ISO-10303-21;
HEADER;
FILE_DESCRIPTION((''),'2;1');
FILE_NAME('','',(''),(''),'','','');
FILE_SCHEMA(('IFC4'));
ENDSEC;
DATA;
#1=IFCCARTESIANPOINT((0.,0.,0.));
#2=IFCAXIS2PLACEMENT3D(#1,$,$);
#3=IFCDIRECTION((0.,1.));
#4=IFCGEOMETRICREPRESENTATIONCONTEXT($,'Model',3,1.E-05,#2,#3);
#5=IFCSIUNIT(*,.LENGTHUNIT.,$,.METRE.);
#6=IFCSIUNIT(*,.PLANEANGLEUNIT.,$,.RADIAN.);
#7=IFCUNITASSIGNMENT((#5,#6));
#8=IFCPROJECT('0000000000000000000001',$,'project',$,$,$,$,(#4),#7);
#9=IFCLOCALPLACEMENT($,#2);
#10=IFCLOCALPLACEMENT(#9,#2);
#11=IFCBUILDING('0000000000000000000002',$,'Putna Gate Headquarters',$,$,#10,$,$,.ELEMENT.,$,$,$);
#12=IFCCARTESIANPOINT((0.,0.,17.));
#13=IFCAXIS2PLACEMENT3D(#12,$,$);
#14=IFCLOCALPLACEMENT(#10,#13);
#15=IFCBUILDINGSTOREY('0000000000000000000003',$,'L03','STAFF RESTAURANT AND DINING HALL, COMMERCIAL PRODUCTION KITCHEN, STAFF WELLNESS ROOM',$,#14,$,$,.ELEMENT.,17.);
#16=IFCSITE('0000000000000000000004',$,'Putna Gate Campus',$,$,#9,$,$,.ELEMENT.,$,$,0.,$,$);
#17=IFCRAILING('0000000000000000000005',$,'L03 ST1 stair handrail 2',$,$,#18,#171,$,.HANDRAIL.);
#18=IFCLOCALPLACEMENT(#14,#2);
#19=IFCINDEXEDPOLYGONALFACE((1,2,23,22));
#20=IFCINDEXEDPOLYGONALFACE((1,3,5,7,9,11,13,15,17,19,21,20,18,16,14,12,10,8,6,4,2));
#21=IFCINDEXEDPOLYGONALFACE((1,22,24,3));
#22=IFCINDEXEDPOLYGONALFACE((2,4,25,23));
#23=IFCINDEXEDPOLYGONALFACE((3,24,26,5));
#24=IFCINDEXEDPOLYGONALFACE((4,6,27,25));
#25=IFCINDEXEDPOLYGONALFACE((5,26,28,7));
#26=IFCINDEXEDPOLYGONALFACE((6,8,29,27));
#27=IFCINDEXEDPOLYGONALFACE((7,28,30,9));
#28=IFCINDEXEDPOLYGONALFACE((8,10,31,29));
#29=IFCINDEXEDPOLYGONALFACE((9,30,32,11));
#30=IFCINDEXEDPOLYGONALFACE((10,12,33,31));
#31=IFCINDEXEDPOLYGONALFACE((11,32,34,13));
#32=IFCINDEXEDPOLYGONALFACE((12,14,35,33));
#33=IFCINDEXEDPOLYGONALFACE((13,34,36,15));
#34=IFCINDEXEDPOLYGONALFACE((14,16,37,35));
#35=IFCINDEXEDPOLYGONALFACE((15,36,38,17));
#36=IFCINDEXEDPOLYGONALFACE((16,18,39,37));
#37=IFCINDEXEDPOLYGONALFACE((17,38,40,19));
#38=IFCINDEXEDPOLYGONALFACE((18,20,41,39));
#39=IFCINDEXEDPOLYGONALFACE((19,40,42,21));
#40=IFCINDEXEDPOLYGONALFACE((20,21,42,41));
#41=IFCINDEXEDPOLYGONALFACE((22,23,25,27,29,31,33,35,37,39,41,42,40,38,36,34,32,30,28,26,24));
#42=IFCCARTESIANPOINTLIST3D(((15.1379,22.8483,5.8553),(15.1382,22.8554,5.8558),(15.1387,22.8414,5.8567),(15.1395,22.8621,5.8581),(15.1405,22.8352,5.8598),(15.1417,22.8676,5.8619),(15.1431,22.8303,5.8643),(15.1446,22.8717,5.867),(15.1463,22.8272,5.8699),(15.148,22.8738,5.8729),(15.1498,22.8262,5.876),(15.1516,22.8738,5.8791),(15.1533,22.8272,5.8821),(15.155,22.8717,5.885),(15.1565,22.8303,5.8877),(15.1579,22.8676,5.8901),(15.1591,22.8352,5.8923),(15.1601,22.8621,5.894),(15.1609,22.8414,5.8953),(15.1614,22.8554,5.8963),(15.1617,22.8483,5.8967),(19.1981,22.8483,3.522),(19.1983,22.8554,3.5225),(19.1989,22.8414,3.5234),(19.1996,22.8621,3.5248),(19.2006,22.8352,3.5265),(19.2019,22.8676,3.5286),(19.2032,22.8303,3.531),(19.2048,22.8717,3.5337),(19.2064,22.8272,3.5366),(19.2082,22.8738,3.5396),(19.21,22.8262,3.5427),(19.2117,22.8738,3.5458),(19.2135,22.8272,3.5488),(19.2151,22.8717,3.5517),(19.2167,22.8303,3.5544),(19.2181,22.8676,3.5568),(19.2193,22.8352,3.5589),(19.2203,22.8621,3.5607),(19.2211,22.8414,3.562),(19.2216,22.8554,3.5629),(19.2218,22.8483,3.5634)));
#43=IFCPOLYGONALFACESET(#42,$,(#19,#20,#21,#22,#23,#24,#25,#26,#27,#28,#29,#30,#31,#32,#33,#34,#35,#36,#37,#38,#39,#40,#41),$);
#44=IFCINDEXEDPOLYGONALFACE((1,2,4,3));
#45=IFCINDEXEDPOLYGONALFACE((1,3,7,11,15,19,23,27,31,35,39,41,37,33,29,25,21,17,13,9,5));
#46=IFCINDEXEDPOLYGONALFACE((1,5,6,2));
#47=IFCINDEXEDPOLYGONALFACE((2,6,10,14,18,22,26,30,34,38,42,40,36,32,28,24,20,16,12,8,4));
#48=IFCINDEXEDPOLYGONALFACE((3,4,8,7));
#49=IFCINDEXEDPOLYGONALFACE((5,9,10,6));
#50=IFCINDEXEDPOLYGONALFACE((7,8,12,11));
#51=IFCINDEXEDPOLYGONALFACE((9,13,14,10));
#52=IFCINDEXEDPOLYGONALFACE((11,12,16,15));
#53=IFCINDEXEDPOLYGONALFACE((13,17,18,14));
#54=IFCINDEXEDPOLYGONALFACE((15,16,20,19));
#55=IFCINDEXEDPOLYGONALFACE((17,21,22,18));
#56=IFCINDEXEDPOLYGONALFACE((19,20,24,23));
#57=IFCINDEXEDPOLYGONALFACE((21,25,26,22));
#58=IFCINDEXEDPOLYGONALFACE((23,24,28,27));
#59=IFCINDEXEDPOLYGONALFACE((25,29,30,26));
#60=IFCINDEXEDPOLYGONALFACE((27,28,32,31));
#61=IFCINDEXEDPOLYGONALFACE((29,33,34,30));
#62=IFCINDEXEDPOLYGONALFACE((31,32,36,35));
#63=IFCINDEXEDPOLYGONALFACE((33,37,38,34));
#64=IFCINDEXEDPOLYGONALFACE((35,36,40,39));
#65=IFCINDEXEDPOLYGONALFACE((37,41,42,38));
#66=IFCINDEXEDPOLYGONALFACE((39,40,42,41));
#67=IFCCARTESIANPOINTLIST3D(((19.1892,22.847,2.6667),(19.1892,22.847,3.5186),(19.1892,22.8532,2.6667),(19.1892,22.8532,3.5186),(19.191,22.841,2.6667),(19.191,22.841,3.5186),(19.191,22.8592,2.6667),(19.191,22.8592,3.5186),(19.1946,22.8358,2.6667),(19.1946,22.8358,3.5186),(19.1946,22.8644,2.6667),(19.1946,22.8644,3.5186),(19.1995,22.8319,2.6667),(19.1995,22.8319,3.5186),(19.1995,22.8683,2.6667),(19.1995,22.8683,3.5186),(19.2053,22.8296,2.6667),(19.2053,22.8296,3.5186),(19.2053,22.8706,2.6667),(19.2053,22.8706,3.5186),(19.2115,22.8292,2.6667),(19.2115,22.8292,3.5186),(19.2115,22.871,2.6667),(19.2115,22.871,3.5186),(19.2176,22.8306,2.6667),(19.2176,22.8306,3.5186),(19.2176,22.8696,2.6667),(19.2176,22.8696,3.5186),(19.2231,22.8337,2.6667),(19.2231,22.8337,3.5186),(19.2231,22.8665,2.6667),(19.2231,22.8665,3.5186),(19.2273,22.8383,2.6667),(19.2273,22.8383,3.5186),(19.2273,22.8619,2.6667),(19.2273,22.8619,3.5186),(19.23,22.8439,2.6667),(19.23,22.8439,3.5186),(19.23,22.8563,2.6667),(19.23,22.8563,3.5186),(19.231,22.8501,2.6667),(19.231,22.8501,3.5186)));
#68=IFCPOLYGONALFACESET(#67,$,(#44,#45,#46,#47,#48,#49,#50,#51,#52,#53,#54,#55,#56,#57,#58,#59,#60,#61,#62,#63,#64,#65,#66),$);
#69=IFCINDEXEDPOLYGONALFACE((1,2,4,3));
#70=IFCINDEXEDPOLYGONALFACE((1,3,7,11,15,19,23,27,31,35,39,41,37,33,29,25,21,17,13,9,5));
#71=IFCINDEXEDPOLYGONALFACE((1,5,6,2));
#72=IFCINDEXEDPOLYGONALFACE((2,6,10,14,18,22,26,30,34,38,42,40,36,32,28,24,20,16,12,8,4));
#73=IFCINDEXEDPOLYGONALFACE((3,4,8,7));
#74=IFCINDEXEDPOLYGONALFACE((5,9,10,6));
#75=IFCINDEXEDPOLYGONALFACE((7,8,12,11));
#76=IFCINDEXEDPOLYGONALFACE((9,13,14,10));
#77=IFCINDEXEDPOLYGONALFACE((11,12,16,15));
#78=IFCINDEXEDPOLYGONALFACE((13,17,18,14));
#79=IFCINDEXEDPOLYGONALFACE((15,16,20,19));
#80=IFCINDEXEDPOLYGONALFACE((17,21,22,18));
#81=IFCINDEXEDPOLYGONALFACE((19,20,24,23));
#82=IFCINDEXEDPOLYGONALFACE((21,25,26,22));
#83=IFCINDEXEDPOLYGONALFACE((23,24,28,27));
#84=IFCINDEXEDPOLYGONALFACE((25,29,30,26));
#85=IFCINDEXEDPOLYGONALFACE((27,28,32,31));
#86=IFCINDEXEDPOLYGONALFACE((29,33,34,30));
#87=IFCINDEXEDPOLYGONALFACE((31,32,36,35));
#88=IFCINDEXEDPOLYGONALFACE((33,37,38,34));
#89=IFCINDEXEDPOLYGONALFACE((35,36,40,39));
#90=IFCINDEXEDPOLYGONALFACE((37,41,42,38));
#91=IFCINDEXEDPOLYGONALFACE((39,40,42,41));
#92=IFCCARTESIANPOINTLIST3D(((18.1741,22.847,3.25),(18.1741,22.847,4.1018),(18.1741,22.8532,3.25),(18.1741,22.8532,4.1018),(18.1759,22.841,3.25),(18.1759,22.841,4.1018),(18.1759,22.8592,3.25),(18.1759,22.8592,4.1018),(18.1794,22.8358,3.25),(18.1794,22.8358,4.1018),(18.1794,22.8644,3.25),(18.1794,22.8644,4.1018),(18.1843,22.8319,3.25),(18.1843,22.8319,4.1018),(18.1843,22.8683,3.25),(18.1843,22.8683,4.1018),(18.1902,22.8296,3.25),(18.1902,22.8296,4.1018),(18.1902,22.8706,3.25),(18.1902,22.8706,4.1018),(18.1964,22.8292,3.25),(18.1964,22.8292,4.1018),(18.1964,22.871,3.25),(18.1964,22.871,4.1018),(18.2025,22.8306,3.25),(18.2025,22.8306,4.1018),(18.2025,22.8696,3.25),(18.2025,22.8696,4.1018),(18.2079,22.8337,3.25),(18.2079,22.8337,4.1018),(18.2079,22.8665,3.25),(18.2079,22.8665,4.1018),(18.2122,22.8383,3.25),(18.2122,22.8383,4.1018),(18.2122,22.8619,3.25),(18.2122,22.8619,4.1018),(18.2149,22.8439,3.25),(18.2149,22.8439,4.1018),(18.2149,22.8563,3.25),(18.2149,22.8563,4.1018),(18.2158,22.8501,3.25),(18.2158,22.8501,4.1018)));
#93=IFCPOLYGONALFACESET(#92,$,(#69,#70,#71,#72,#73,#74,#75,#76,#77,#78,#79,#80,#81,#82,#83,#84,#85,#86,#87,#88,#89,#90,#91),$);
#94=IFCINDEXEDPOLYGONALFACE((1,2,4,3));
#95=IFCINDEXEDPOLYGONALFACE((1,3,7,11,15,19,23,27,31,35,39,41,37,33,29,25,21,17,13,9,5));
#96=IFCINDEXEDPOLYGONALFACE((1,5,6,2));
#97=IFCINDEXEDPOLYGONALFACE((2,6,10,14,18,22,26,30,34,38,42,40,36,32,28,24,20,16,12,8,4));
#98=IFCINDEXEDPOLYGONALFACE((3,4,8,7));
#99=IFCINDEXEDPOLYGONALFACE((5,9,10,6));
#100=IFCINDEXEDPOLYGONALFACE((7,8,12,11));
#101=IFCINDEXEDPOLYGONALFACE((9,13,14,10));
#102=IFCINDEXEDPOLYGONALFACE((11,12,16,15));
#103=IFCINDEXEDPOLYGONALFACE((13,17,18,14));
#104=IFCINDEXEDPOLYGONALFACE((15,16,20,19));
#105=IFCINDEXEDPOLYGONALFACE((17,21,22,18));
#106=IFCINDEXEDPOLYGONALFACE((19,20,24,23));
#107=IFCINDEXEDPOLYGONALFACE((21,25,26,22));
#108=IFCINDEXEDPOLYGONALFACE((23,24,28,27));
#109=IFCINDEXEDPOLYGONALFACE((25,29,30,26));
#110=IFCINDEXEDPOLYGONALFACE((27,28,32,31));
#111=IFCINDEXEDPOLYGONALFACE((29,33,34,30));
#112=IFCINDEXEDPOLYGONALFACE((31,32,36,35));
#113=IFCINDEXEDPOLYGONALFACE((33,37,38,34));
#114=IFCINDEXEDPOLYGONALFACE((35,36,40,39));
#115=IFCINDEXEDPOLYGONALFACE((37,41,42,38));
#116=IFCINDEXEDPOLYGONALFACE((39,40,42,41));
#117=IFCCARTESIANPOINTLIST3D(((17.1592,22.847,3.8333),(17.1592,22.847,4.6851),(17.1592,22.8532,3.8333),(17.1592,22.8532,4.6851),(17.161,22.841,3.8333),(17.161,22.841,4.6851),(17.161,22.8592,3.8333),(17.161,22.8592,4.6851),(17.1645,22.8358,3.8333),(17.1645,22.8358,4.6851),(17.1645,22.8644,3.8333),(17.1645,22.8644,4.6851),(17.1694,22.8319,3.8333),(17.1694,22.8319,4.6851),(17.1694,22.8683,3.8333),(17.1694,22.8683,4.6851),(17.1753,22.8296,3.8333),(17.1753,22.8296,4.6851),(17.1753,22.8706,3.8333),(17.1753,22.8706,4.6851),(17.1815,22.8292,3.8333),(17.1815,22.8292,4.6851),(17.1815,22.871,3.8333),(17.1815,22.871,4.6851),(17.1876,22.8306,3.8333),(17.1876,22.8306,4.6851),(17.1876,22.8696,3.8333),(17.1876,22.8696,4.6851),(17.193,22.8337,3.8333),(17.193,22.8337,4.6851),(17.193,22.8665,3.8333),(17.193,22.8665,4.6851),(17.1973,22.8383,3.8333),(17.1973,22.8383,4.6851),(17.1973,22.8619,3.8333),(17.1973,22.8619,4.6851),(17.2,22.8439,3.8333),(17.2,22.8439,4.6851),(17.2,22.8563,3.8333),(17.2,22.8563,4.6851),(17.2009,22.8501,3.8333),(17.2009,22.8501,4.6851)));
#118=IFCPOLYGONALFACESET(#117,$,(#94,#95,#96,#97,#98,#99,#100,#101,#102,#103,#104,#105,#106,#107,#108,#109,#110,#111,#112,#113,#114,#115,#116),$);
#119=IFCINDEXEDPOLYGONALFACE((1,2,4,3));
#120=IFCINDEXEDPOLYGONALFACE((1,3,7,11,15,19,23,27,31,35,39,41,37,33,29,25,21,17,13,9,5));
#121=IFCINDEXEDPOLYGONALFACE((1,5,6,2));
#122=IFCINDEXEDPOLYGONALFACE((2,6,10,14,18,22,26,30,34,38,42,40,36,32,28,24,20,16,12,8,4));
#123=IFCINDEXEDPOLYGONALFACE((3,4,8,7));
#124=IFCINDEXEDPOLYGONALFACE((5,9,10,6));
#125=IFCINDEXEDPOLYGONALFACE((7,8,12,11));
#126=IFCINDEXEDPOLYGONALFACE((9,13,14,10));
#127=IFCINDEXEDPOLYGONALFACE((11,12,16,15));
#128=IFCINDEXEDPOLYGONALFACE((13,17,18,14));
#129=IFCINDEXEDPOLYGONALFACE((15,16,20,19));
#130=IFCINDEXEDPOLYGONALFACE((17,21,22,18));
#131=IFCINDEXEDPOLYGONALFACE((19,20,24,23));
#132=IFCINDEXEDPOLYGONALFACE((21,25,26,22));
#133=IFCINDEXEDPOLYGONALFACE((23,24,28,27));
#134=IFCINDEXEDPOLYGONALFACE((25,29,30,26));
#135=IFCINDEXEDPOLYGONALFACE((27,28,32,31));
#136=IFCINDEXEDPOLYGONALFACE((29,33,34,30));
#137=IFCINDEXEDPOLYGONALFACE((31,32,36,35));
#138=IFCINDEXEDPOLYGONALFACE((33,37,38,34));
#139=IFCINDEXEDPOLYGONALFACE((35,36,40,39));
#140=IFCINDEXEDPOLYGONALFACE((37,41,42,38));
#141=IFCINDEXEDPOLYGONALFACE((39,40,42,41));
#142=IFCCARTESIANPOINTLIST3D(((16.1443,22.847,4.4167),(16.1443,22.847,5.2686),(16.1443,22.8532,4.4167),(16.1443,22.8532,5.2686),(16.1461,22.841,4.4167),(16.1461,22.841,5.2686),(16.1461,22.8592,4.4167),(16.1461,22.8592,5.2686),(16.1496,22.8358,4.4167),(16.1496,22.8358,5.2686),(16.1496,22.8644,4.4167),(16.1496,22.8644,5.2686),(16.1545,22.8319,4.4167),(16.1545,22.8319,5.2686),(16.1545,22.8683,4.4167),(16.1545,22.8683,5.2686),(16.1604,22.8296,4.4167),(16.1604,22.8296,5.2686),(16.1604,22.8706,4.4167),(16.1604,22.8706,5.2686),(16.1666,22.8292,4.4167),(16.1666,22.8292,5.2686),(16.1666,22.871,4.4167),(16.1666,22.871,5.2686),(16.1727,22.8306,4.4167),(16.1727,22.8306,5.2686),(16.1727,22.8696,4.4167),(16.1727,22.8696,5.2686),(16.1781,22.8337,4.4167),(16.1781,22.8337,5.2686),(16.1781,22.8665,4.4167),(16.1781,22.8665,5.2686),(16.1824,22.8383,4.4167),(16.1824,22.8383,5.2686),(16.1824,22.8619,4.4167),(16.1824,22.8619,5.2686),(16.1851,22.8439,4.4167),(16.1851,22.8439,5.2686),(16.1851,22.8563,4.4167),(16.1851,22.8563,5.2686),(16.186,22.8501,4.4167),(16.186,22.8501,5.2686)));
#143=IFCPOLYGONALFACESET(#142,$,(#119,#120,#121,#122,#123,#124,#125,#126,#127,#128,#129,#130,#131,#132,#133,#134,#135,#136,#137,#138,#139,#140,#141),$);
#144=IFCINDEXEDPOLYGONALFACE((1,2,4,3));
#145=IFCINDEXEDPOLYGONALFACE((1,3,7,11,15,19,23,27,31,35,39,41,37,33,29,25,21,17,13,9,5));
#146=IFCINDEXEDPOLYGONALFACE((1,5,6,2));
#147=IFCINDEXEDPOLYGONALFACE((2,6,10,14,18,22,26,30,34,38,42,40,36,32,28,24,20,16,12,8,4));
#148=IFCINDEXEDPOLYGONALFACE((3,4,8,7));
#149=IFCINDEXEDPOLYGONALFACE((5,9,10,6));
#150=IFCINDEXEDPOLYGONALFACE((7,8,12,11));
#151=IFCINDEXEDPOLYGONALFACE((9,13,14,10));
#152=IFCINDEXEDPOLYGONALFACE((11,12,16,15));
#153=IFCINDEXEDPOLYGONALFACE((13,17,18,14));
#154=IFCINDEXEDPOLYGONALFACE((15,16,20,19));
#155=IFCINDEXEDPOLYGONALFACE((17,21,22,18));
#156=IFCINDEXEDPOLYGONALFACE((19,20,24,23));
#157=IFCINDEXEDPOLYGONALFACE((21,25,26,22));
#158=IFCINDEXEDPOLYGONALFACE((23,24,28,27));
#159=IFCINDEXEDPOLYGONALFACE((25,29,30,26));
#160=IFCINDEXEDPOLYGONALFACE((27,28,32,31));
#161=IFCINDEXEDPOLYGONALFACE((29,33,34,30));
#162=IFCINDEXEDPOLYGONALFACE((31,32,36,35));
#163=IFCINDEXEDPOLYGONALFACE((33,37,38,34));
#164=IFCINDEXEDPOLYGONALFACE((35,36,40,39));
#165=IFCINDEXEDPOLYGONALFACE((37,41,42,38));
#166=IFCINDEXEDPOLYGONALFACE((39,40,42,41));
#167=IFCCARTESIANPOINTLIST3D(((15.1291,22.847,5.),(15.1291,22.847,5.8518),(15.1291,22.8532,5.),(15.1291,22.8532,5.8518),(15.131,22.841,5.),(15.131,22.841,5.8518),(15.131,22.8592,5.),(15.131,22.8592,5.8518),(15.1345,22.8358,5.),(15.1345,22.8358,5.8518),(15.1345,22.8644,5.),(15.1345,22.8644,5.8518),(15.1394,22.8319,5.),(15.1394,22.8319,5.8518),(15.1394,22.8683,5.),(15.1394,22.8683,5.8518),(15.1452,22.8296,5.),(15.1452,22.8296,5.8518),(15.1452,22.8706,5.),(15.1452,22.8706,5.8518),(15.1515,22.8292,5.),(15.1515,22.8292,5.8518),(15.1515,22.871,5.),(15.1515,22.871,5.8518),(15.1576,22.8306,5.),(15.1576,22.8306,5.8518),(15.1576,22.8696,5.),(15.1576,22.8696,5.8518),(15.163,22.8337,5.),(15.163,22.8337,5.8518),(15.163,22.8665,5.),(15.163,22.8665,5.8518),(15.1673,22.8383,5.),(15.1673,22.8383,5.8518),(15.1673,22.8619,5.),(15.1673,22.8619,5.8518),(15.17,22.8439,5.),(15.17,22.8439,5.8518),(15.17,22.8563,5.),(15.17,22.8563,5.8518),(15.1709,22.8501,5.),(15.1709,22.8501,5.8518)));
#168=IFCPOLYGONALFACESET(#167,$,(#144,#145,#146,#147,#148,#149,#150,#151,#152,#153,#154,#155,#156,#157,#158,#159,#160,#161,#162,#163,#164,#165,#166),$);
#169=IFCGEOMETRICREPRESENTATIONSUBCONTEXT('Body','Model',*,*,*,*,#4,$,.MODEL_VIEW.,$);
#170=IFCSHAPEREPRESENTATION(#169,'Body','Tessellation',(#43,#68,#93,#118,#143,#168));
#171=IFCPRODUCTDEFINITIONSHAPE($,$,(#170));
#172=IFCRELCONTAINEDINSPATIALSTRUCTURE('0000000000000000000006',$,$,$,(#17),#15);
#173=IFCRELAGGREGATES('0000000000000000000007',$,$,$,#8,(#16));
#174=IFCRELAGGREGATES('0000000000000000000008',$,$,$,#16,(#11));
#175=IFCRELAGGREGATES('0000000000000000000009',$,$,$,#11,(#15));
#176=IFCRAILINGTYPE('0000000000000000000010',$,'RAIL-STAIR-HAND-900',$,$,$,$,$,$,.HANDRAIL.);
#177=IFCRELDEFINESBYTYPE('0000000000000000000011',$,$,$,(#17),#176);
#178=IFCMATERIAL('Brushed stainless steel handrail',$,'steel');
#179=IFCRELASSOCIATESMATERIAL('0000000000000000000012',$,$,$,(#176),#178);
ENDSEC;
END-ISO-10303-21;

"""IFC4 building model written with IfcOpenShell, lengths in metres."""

from ifc_helpers import new_model, si_unit, direction, frame, origin, origin_2d, place, context, subcontext, project, spatial, circle, extrude, material, type_object, element, save


model = new_model("IFC4")

# Units and contexts
model_context = context("Model", 3, precision=1e-05, world=origin(), true_north=direction((0.0, 1.0)))
body_context = subcontext(model_context, "Body", "Model", "MODEL_VIEW")
ifc_project = project(units=[si_unit("LENGTHUNIT", "METRE"), si_unit("PLANEANGLEUNIT", "RADIAN")], contexts=[model_context])

# Site, building, storey
site_placement = place(None, origin())
site = spatial("IfcSite", under=ifc_project, at=site_placement, Name="Putna Gate Campus", CompositionType="ELEMENT", RefElevation=0.0)
building_placement = place(site_placement, origin())
building = spatial("IfcBuilding", under=site, at=building_placement, Name="Putna Gate Headquarters", CompositionType="ELEMENT")
storey_placement = place(building_placement, frame((0.0, 0.0, 17.0)))
storey = spatial("IfcBuildingStorey", under=building, at=storey_placement, Name="L03", Description="STAFF RESTAURANT AND DINING HALL, COMMERCIAL PRODUCTION KITCHEN, STAFF WELLNESS ROOM", CompositionType="ELEMENT", Elevation=17.0)

# Railing
ifc_material_1 = material(Name="Brushed stainless steel handrail", Category="steel")
railing_type_1 = type_object("IfcRailingType", Name="RAIL-STAIR-HAND-900", PredefinedType="HANDRAIL", material=ifc_material_1)
railing_1_placement = place(storey_placement, frame((19.21, 22.8501, 2.6667)))
element("IfcRailing", 1, at=railing_1_placement, inside=storey, type_object=railing_type_1, Name="L03 ST1 stair handrail 2", PredefinedType="HANDRAIL", context=body_context, shape_type="SweptSolid", body=[
    extrude(circle(Radius=0.0239, at=origin_2d()), frame((0.0, 0.0, 0.876), z_axis=(-0.867025, 0.0, 0.498265), x_axis=(0.0, -1.0, 0.0)), (0.0, 0.0, 1.0), 4.6829),
    extrude(circle(Radius=0.021, at=origin_2d()), origin(), (0.0, 0.0, 1.0), 0.8518),
    extrude(circle(Radius=0.021, at=origin_2d()), frame((-1.0151, 0.0, 0.5833)), (0.0, 0.0, 1.0), 0.8518),
    extrude(circle(Radius=0.021, at=origin_2d()), frame((-2.03, 0.0, 1.1665)), (0.0, 0.0, 1.0), 0.8518),
    extrude(circle(Radius=0.021, at=origin_2d()), frame((-3.0449, 0.0, 1.75)), (0.0, 0.0, 1.0), 0.8518),
    extrude(circle(Radius=0.021, at=origin_2d()), frame((-4.0601, 0.0, 2.3333)), (0.0, 0.0, 1.0), 0.8518),
])

save(model, "model.ifc")
